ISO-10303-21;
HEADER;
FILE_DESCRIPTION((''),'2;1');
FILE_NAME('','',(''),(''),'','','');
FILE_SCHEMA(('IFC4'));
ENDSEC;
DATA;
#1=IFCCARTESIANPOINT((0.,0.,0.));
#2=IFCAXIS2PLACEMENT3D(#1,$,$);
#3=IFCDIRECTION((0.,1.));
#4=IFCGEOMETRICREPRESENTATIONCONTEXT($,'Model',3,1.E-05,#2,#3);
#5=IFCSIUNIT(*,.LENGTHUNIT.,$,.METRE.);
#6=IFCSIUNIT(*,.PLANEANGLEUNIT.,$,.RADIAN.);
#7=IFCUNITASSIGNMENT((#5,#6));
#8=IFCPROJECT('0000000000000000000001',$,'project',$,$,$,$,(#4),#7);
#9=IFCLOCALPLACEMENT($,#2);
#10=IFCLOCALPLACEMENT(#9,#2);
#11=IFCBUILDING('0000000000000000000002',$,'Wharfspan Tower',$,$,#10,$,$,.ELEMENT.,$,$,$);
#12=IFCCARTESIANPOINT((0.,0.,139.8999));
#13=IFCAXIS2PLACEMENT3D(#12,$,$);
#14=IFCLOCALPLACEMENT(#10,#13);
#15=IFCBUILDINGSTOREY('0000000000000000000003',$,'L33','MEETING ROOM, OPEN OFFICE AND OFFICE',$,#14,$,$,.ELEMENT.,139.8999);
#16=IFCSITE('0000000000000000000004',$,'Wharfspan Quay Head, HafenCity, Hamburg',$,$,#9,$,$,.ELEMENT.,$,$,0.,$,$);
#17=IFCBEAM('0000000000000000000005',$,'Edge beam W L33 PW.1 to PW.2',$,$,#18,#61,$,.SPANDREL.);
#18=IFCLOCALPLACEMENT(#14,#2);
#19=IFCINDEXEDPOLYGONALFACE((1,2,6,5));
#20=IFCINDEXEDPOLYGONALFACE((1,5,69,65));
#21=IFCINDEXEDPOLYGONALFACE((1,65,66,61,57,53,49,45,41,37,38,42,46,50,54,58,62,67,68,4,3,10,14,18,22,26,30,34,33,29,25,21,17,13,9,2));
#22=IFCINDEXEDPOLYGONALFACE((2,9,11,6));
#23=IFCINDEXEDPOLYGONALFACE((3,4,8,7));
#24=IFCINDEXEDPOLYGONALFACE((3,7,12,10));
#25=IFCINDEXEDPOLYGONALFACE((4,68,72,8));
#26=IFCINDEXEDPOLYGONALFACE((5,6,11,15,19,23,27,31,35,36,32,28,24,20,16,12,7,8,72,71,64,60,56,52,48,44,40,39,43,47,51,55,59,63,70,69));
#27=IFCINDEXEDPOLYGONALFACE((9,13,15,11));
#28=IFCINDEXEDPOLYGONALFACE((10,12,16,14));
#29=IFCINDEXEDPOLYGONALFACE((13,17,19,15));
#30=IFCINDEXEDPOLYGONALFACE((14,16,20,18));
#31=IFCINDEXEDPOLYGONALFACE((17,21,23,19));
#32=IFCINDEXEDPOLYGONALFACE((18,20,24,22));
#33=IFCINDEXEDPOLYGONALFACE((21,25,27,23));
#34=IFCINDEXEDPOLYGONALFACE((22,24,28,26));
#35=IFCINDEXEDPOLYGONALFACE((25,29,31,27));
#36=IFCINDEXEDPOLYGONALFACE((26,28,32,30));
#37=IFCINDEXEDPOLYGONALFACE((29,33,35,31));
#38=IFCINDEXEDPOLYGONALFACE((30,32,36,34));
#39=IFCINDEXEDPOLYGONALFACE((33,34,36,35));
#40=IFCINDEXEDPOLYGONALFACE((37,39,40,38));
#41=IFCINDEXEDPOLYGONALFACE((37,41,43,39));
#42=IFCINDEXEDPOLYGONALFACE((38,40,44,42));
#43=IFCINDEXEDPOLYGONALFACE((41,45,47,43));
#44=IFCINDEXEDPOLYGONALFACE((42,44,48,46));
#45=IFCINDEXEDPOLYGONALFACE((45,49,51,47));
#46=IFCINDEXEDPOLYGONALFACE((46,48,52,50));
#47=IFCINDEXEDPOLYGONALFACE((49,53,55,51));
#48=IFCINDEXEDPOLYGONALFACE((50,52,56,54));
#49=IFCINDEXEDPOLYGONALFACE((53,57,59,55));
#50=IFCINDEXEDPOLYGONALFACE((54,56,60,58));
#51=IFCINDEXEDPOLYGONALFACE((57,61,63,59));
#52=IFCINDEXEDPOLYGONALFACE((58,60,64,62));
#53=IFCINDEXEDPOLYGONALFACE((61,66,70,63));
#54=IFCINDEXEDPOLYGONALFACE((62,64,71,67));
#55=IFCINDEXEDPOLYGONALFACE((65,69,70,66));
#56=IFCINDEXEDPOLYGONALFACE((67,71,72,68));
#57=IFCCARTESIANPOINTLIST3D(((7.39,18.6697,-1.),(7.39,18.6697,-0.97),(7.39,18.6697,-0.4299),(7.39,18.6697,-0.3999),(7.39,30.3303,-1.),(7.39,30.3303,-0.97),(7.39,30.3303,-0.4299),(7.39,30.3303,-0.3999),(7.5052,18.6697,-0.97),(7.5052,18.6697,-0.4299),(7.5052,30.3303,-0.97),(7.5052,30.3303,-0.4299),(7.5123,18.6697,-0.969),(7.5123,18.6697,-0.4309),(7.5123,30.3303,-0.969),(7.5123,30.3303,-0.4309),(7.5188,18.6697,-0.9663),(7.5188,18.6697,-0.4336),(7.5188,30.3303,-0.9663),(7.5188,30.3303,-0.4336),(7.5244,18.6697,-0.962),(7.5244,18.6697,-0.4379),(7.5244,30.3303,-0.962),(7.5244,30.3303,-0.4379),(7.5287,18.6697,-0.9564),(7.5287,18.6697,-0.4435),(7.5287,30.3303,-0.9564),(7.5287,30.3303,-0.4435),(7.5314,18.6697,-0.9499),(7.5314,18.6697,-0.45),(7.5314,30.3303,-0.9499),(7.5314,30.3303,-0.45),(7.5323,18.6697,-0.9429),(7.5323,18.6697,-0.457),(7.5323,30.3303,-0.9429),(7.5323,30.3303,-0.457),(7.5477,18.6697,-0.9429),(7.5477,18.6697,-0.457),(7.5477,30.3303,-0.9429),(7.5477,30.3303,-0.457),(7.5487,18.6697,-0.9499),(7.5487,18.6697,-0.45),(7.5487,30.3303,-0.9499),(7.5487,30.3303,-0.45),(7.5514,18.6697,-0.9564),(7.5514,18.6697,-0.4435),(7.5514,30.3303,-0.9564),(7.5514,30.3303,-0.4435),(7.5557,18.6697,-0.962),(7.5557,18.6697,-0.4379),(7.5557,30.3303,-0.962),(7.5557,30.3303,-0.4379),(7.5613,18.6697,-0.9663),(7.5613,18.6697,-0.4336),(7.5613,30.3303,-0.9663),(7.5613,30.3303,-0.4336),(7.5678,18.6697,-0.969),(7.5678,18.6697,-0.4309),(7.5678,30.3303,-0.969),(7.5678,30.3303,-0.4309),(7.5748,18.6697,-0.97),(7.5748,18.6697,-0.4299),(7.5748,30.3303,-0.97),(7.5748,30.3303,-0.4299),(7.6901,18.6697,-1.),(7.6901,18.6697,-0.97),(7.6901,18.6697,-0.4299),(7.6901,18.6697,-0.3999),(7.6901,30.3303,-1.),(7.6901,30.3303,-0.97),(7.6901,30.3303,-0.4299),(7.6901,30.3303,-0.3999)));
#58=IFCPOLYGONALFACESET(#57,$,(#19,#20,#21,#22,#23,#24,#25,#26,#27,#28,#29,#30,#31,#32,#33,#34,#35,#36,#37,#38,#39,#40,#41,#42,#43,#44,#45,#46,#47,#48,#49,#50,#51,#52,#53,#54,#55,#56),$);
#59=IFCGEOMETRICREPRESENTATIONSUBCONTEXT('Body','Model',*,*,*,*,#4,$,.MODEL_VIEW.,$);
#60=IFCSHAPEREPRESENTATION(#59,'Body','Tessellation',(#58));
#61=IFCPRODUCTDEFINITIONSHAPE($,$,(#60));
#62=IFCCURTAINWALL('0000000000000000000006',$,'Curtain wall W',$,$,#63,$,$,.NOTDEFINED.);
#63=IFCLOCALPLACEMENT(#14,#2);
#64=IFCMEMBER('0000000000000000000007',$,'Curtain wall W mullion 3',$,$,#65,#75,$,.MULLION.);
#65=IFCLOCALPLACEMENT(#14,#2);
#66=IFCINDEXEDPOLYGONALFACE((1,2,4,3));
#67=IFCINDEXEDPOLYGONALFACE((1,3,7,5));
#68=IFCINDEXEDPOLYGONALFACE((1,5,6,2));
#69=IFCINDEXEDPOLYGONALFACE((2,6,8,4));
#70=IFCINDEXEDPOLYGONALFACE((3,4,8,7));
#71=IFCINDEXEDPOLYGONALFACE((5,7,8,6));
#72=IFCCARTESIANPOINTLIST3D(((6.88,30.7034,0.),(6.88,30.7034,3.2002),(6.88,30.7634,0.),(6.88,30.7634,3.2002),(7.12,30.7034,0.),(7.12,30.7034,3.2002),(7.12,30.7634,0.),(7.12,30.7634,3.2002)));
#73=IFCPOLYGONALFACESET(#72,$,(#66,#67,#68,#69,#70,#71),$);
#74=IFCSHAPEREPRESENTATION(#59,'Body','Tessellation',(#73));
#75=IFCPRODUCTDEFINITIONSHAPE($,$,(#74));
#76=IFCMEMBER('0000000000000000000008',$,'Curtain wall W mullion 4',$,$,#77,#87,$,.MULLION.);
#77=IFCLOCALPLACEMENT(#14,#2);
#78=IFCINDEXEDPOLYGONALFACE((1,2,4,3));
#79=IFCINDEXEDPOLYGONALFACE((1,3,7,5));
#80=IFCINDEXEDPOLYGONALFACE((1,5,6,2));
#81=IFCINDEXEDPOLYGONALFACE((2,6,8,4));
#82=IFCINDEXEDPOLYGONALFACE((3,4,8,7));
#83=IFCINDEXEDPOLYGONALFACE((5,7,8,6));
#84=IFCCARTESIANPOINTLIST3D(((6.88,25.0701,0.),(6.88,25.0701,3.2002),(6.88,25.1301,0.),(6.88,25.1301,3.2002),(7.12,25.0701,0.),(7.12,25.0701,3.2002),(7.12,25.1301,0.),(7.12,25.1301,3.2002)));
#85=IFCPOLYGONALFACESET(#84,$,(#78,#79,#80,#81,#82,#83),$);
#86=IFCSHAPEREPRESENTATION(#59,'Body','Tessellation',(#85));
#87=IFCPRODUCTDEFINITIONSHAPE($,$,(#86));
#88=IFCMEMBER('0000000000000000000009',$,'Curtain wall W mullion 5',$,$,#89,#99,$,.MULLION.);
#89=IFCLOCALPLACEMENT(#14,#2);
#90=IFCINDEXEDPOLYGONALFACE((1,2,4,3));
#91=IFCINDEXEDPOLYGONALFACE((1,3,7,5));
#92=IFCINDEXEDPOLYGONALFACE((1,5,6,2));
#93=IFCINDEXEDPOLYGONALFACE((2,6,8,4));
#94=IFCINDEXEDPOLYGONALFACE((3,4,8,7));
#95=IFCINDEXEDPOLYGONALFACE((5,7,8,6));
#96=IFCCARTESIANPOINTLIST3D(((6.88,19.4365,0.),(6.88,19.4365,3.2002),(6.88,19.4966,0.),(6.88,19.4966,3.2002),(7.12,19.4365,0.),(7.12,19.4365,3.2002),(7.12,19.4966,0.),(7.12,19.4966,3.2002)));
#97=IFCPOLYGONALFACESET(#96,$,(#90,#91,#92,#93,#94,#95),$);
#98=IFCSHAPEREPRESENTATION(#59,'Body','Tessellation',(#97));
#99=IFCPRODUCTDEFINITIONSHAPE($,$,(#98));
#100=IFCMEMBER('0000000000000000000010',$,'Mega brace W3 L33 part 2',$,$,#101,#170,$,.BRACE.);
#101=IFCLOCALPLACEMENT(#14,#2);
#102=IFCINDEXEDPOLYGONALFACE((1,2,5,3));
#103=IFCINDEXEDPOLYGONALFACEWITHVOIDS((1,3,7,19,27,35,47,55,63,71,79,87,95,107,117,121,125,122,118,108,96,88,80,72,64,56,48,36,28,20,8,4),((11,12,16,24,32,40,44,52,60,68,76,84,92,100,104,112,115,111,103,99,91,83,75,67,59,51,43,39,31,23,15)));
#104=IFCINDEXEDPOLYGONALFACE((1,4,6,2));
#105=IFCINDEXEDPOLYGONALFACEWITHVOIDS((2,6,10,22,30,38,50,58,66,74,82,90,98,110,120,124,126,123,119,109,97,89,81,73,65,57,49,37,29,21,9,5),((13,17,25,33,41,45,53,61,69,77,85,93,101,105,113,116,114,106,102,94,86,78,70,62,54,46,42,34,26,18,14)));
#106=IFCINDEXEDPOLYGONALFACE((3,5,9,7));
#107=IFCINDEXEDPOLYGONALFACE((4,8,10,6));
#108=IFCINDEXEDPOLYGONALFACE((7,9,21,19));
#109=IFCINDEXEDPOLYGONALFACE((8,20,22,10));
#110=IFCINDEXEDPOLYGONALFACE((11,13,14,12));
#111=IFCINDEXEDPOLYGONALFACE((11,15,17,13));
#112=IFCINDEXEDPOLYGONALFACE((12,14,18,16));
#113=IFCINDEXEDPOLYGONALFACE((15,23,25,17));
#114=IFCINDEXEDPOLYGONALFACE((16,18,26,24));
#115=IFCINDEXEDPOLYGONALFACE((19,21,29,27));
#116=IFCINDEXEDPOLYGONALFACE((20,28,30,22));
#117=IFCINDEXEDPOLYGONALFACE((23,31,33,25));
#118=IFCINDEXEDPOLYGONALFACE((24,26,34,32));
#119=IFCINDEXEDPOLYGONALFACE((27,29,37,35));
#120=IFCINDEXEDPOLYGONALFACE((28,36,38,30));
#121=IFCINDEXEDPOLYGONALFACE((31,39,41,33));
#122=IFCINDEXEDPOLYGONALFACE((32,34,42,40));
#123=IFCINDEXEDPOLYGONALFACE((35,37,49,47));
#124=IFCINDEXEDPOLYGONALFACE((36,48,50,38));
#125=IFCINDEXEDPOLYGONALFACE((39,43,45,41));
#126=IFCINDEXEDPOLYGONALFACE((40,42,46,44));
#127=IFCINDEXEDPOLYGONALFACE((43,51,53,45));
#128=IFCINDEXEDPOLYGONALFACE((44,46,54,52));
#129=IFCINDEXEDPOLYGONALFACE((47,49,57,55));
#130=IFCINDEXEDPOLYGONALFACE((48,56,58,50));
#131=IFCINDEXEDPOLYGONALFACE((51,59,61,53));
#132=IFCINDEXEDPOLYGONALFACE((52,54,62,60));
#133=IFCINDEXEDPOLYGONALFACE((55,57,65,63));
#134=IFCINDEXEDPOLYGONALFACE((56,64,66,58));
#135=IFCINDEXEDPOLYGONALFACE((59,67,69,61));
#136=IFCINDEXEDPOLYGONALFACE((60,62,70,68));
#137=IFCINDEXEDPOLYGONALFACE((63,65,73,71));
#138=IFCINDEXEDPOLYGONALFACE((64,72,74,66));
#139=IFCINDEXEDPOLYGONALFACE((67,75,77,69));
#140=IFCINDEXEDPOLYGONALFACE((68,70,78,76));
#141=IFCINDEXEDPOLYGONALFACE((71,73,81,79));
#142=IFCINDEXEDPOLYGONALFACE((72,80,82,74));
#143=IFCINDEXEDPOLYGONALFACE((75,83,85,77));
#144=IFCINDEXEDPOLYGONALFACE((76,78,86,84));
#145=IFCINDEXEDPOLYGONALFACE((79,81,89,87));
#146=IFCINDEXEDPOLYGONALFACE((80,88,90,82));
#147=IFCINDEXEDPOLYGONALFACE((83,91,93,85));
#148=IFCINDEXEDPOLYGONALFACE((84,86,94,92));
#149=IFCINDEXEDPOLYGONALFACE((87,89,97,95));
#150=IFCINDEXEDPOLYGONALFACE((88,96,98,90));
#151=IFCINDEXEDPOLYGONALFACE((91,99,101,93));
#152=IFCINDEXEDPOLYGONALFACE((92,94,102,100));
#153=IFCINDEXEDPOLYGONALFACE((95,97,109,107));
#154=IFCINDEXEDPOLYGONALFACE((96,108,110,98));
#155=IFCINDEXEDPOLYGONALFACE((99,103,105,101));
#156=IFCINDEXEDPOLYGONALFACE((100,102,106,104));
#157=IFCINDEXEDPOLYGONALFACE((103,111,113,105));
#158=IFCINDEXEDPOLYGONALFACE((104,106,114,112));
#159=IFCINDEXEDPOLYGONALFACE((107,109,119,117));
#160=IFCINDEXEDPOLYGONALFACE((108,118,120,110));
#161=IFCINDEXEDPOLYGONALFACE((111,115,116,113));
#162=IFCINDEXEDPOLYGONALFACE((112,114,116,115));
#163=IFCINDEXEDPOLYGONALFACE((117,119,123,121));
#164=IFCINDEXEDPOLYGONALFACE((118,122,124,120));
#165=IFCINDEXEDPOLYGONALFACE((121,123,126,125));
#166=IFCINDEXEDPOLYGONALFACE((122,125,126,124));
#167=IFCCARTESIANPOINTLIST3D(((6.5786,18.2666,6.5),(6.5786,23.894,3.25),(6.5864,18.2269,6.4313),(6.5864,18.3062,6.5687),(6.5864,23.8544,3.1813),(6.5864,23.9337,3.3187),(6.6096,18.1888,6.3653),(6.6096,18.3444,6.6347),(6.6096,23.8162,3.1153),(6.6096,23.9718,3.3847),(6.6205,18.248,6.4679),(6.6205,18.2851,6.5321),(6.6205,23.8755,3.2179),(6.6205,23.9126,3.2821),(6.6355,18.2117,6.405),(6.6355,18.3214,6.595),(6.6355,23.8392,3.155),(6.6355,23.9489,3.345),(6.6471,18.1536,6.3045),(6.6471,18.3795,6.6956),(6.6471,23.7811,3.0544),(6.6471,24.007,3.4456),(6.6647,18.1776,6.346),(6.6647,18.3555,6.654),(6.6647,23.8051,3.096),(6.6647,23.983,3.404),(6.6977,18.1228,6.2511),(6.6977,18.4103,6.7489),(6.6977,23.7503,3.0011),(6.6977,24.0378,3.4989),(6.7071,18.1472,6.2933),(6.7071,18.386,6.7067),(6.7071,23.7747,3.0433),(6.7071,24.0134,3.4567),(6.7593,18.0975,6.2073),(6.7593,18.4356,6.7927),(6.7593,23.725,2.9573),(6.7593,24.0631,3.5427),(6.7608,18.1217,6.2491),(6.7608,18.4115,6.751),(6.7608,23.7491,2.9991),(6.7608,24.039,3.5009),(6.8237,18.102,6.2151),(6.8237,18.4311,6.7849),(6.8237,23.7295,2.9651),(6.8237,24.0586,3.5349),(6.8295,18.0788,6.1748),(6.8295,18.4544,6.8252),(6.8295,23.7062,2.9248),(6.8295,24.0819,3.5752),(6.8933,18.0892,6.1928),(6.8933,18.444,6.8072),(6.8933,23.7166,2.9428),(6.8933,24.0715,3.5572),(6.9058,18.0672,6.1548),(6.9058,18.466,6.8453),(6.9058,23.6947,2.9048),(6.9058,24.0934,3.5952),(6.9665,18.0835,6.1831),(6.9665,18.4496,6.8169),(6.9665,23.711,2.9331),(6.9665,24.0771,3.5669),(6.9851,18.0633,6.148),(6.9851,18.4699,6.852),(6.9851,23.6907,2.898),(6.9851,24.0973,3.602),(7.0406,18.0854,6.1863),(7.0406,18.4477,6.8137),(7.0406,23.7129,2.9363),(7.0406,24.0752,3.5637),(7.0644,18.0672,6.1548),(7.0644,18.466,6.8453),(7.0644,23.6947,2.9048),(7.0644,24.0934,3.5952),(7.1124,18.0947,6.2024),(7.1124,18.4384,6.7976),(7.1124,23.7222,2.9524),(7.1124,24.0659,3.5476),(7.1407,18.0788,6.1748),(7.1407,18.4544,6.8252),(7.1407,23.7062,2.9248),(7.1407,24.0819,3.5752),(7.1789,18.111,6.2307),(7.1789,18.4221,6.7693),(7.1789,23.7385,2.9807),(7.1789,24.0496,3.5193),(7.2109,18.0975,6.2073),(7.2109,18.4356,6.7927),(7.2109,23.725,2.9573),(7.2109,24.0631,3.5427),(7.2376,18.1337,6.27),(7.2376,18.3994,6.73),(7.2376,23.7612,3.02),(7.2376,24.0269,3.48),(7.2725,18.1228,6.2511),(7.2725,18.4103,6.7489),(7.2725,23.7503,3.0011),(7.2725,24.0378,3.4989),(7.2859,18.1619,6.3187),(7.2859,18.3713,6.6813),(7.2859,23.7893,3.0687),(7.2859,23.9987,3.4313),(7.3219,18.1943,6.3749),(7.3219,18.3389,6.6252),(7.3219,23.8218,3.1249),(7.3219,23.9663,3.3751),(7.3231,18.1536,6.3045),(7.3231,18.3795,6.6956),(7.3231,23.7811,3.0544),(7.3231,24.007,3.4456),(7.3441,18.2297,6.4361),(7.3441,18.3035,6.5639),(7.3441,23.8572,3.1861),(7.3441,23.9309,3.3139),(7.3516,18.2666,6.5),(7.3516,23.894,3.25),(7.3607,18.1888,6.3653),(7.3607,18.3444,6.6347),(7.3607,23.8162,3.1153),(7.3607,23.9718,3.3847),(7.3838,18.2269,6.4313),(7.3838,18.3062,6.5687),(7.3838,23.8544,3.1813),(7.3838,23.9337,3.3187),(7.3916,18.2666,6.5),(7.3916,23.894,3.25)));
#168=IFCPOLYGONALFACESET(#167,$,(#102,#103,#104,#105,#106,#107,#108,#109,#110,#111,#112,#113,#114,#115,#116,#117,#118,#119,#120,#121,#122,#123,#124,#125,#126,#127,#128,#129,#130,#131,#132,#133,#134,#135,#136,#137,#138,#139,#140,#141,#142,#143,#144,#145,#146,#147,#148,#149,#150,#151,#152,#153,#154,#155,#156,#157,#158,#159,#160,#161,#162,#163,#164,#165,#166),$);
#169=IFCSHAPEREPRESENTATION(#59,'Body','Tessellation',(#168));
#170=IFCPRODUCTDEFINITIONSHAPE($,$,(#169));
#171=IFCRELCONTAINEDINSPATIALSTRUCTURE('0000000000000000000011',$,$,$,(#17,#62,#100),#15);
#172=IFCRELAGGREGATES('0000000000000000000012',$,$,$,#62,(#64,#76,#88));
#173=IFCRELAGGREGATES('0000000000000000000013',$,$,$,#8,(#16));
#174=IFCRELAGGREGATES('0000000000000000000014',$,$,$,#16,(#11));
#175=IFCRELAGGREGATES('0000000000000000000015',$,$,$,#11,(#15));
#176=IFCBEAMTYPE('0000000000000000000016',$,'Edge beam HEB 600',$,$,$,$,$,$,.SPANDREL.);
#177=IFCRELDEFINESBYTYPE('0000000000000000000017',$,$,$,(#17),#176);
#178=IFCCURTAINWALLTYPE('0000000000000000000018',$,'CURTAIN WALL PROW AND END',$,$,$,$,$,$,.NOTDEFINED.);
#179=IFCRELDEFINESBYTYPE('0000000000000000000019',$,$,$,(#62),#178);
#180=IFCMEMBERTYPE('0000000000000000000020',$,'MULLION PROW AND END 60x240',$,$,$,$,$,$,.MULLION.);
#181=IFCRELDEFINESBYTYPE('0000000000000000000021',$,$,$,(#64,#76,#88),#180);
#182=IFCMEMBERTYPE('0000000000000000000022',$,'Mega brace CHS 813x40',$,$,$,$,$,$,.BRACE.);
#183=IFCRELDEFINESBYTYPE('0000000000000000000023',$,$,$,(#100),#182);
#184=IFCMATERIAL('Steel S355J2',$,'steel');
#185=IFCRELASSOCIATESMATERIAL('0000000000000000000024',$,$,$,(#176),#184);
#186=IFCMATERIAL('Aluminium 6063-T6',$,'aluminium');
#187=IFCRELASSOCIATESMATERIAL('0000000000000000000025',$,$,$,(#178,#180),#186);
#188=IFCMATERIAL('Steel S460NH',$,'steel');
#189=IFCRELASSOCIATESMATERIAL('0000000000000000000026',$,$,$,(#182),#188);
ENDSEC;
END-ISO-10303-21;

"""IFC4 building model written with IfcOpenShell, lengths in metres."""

from ifc_helpers import new_model, si_unit, direction, frame, origin, origin_2d, place, context, subcontext, project, spatial, rectangle, hollow_circle, i_section, extrude, material, material_profile, profile_set, type_object, element, aggregate, save


model = new_model("IFC4")

# Units and contexts
model_context = context("Model", 3, precision=1e-05, world=origin(), true_north=direction((0.0, 1.0)))
body_context = subcontext(model_context, "Body", "Model", "MODEL_VIEW")
ifc_project = project(units=[si_unit("LENGTHUNIT", "METRE"), si_unit("PLANEANGLEUNIT", "RADIAN")], contexts=[model_context])

# Site, building, storey
site_placement = place(None, origin())
site = spatial("IfcSite", under=ifc_project, at=site_placement, Name="Wharfspan Quay Head, HafenCity, Hamburg", CompositionType="ELEMENT", RefElevation=0.0)
building_placement = place(site_placement, origin())
building = spatial("IfcBuilding", under=site, at=building_placement, Name="Wharfspan Tower", CompositionType="ELEMENT")
storey_placement = place(building_placement, frame((0.0, 0.0, 139.8999)))
storey = spatial("IfcBuildingStorey", under=building, at=storey_placement, Name="L33", Description="MEETING ROOM, OPEN OFFICE AND OFFICE", CompositionType="ELEMENT", Elevation=139.8999)

# Beam
ifc_material_1 = material(Name="Steel S355J2", Category="steel")
ifc_material_profile_1 = material_profile(ifc_material_1, i_section(OverallWidth=0.3, OverallDepth=0.6001, WebThickness=0.0154, FlangeThickness=0.03, FilletRadius=0.0271, at=origin_2d()))
ifc_profile_set_1 = profile_set([ifc_material_profile_1], Name="Steel S355J2")
beam_type = type_object("IfcBeamType", Name="Edge beam HEB 600", PredefinedType="SPANDREL", material=ifc_profile_set_1)
beam_placement = place(storey_placement, frame((7.54, 30.3303, -0.7), z_axis=(0.0, -1.0, 0.0), x_axis=(1.0, 0.0, 0.0)))
element("IfcBeam", 1, at=beam_placement, inside=storey, type_object=beam_type, Name="Edge beam W L33 PW.1 to PW.2", PredefinedType="SPANDREL", context=body_context, shape_type="SweptSolid", body=[
    extrude(i_section(OverallWidth=0.3, OverallDepth=0.6001, WebThickness=0.0154, FlangeThickness=0.03, FilletRadius=0.0271, at=origin_2d()), origin(), (0.0, 0.0, 1.0), 11.6606),
])

# Curtain wall, members
ifc_material_2 = material(Name="Aluminium 6063-T6", Category="aluminium")
curtain_wall_type = type_object("IfcCurtainWallType", Name="CURTAIN WALL PROW AND END", PredefinedType="NOTDEFINED", material=ifc_material_2)
curtain_wall_placement = place(storey_placement, origin())
curtain_wall = element("IfcCurtainWall", 2, at=curtain_wall_placement, inside=storey, type_object=curtain_wall_type, Name="Curtain wall W", PredefinedType="NOTDEFINED")
ifc_material_profile_2 = material_profile(ifc_material_2, rectangle(XDim=0.24, YDim=0.0601, at=origin_2d()))
ifc_profile_set_2 = profile_set([ifc_material_profile_2], Name="Aluminium 6063-T6")
member_type_1 = type_object("IfcMemberType", Name="MULLION PROW AND END 60x240", PredefinedType="MULLION", material=ifc_profile_set_2)
member_1_placement = place(storey_placement, frame((7.0, 30.7334, 0.0), z_axis=(0.0, 0.0, 1.0), x_axis=(1.0, 0.0, 0.0)))
member_1 = element("IfcMember", 3, at=member_1_placement, type_object=member_type_1, Name="Curtain wall W mullion 3", PredefinedType="MULLION", context=body_context, shape_type="SweptSolid", body=[
    extrude(rectangle(XDim=0.24, YDim=0.0601, at=origin_2d()), origin(), (0.0, 0.0, 1.0), 3.2002),
])
member_2_placement = place(storey_placement, frame((7.0, 25.1001, 0.0), z_axis=(0.0, 0.0, 1.0), x_axis=(1.0, 0.0, 0.0)))
member_2 = element("IfcMember", 4, at=member_2_placement, type_object=member_type_1, Name="Curtain wall W mullion 4", PredefinedType="MULLION", context=body_context, shape_type="SweptSolid", body=[
    extrude(rectangle(XDim=0.24, YDim=0.0601, at=origin_2d()), origin(), (0.0, 0.0, 1.0), 3.2002),
])
member_3_placement = place(storey_placement, frame((7.0, 19.4666, 0.0), z_axis=(0.0, 0.0, 1.0), x_axis=(1.0, 0.0, 0.0)))
member_3 = element("IfcMember", 5, at=member_3_placement, type_object=member_type_1, Name="Curtain wall W mullion 5", PredefinedType="MULLION", context=body_context, shape_type="SweptSolid", body=[
    extrude(rectangle(XDim=0.24, YDim=0.0601, at=origin_2d()), origin(), (0.0, 0.0, 1.0), 3.2002),
])

# Member
ifc_material_3 = material(Name="Steel S460NH", Category="steel")
ifc_material_profile_3 = material_profile(ifc_material_3, hollow_circle(Radius=0.4065, WallThickness=0.04, at=origin_2d()))
ifc_profile_set_3 = profile_set([ifc_material_profile_3], Name="Steel S460NH")
member_type_2 = type_object("IfcMemberType", Name="Mega brace CHS 813x40", PredefinedType="BRACE", material=ifc_profile_set_3)
for number, where, z_axis, x_axis, name in (
    (6, (6.9851, 23.894, 3.25), (0.0, -0.865959, 0.500115), (1.0, 0.0, 0.0), "Mega brace W3 L33 part 2"),
):
    element("IfcMember", number, at=place(storey_placement, frame(where, z_axis=z_axis, x_axis=x_axis)), inside=storey, type_object=member_type_2, Name=name, PredefinedType="BRACE", context=body_context, shape_type="SweptSolid", body=[
        extrude(hollow_circle(Radius=0.4065, WallThickness=0.04, at=origin_2d()), origin(), (0.0, 0.0, 1.0), 6.4985),
    ])

aggregate(curtain_wall, [member_1, member_2, member_3])

save(model, "model.ifc")
